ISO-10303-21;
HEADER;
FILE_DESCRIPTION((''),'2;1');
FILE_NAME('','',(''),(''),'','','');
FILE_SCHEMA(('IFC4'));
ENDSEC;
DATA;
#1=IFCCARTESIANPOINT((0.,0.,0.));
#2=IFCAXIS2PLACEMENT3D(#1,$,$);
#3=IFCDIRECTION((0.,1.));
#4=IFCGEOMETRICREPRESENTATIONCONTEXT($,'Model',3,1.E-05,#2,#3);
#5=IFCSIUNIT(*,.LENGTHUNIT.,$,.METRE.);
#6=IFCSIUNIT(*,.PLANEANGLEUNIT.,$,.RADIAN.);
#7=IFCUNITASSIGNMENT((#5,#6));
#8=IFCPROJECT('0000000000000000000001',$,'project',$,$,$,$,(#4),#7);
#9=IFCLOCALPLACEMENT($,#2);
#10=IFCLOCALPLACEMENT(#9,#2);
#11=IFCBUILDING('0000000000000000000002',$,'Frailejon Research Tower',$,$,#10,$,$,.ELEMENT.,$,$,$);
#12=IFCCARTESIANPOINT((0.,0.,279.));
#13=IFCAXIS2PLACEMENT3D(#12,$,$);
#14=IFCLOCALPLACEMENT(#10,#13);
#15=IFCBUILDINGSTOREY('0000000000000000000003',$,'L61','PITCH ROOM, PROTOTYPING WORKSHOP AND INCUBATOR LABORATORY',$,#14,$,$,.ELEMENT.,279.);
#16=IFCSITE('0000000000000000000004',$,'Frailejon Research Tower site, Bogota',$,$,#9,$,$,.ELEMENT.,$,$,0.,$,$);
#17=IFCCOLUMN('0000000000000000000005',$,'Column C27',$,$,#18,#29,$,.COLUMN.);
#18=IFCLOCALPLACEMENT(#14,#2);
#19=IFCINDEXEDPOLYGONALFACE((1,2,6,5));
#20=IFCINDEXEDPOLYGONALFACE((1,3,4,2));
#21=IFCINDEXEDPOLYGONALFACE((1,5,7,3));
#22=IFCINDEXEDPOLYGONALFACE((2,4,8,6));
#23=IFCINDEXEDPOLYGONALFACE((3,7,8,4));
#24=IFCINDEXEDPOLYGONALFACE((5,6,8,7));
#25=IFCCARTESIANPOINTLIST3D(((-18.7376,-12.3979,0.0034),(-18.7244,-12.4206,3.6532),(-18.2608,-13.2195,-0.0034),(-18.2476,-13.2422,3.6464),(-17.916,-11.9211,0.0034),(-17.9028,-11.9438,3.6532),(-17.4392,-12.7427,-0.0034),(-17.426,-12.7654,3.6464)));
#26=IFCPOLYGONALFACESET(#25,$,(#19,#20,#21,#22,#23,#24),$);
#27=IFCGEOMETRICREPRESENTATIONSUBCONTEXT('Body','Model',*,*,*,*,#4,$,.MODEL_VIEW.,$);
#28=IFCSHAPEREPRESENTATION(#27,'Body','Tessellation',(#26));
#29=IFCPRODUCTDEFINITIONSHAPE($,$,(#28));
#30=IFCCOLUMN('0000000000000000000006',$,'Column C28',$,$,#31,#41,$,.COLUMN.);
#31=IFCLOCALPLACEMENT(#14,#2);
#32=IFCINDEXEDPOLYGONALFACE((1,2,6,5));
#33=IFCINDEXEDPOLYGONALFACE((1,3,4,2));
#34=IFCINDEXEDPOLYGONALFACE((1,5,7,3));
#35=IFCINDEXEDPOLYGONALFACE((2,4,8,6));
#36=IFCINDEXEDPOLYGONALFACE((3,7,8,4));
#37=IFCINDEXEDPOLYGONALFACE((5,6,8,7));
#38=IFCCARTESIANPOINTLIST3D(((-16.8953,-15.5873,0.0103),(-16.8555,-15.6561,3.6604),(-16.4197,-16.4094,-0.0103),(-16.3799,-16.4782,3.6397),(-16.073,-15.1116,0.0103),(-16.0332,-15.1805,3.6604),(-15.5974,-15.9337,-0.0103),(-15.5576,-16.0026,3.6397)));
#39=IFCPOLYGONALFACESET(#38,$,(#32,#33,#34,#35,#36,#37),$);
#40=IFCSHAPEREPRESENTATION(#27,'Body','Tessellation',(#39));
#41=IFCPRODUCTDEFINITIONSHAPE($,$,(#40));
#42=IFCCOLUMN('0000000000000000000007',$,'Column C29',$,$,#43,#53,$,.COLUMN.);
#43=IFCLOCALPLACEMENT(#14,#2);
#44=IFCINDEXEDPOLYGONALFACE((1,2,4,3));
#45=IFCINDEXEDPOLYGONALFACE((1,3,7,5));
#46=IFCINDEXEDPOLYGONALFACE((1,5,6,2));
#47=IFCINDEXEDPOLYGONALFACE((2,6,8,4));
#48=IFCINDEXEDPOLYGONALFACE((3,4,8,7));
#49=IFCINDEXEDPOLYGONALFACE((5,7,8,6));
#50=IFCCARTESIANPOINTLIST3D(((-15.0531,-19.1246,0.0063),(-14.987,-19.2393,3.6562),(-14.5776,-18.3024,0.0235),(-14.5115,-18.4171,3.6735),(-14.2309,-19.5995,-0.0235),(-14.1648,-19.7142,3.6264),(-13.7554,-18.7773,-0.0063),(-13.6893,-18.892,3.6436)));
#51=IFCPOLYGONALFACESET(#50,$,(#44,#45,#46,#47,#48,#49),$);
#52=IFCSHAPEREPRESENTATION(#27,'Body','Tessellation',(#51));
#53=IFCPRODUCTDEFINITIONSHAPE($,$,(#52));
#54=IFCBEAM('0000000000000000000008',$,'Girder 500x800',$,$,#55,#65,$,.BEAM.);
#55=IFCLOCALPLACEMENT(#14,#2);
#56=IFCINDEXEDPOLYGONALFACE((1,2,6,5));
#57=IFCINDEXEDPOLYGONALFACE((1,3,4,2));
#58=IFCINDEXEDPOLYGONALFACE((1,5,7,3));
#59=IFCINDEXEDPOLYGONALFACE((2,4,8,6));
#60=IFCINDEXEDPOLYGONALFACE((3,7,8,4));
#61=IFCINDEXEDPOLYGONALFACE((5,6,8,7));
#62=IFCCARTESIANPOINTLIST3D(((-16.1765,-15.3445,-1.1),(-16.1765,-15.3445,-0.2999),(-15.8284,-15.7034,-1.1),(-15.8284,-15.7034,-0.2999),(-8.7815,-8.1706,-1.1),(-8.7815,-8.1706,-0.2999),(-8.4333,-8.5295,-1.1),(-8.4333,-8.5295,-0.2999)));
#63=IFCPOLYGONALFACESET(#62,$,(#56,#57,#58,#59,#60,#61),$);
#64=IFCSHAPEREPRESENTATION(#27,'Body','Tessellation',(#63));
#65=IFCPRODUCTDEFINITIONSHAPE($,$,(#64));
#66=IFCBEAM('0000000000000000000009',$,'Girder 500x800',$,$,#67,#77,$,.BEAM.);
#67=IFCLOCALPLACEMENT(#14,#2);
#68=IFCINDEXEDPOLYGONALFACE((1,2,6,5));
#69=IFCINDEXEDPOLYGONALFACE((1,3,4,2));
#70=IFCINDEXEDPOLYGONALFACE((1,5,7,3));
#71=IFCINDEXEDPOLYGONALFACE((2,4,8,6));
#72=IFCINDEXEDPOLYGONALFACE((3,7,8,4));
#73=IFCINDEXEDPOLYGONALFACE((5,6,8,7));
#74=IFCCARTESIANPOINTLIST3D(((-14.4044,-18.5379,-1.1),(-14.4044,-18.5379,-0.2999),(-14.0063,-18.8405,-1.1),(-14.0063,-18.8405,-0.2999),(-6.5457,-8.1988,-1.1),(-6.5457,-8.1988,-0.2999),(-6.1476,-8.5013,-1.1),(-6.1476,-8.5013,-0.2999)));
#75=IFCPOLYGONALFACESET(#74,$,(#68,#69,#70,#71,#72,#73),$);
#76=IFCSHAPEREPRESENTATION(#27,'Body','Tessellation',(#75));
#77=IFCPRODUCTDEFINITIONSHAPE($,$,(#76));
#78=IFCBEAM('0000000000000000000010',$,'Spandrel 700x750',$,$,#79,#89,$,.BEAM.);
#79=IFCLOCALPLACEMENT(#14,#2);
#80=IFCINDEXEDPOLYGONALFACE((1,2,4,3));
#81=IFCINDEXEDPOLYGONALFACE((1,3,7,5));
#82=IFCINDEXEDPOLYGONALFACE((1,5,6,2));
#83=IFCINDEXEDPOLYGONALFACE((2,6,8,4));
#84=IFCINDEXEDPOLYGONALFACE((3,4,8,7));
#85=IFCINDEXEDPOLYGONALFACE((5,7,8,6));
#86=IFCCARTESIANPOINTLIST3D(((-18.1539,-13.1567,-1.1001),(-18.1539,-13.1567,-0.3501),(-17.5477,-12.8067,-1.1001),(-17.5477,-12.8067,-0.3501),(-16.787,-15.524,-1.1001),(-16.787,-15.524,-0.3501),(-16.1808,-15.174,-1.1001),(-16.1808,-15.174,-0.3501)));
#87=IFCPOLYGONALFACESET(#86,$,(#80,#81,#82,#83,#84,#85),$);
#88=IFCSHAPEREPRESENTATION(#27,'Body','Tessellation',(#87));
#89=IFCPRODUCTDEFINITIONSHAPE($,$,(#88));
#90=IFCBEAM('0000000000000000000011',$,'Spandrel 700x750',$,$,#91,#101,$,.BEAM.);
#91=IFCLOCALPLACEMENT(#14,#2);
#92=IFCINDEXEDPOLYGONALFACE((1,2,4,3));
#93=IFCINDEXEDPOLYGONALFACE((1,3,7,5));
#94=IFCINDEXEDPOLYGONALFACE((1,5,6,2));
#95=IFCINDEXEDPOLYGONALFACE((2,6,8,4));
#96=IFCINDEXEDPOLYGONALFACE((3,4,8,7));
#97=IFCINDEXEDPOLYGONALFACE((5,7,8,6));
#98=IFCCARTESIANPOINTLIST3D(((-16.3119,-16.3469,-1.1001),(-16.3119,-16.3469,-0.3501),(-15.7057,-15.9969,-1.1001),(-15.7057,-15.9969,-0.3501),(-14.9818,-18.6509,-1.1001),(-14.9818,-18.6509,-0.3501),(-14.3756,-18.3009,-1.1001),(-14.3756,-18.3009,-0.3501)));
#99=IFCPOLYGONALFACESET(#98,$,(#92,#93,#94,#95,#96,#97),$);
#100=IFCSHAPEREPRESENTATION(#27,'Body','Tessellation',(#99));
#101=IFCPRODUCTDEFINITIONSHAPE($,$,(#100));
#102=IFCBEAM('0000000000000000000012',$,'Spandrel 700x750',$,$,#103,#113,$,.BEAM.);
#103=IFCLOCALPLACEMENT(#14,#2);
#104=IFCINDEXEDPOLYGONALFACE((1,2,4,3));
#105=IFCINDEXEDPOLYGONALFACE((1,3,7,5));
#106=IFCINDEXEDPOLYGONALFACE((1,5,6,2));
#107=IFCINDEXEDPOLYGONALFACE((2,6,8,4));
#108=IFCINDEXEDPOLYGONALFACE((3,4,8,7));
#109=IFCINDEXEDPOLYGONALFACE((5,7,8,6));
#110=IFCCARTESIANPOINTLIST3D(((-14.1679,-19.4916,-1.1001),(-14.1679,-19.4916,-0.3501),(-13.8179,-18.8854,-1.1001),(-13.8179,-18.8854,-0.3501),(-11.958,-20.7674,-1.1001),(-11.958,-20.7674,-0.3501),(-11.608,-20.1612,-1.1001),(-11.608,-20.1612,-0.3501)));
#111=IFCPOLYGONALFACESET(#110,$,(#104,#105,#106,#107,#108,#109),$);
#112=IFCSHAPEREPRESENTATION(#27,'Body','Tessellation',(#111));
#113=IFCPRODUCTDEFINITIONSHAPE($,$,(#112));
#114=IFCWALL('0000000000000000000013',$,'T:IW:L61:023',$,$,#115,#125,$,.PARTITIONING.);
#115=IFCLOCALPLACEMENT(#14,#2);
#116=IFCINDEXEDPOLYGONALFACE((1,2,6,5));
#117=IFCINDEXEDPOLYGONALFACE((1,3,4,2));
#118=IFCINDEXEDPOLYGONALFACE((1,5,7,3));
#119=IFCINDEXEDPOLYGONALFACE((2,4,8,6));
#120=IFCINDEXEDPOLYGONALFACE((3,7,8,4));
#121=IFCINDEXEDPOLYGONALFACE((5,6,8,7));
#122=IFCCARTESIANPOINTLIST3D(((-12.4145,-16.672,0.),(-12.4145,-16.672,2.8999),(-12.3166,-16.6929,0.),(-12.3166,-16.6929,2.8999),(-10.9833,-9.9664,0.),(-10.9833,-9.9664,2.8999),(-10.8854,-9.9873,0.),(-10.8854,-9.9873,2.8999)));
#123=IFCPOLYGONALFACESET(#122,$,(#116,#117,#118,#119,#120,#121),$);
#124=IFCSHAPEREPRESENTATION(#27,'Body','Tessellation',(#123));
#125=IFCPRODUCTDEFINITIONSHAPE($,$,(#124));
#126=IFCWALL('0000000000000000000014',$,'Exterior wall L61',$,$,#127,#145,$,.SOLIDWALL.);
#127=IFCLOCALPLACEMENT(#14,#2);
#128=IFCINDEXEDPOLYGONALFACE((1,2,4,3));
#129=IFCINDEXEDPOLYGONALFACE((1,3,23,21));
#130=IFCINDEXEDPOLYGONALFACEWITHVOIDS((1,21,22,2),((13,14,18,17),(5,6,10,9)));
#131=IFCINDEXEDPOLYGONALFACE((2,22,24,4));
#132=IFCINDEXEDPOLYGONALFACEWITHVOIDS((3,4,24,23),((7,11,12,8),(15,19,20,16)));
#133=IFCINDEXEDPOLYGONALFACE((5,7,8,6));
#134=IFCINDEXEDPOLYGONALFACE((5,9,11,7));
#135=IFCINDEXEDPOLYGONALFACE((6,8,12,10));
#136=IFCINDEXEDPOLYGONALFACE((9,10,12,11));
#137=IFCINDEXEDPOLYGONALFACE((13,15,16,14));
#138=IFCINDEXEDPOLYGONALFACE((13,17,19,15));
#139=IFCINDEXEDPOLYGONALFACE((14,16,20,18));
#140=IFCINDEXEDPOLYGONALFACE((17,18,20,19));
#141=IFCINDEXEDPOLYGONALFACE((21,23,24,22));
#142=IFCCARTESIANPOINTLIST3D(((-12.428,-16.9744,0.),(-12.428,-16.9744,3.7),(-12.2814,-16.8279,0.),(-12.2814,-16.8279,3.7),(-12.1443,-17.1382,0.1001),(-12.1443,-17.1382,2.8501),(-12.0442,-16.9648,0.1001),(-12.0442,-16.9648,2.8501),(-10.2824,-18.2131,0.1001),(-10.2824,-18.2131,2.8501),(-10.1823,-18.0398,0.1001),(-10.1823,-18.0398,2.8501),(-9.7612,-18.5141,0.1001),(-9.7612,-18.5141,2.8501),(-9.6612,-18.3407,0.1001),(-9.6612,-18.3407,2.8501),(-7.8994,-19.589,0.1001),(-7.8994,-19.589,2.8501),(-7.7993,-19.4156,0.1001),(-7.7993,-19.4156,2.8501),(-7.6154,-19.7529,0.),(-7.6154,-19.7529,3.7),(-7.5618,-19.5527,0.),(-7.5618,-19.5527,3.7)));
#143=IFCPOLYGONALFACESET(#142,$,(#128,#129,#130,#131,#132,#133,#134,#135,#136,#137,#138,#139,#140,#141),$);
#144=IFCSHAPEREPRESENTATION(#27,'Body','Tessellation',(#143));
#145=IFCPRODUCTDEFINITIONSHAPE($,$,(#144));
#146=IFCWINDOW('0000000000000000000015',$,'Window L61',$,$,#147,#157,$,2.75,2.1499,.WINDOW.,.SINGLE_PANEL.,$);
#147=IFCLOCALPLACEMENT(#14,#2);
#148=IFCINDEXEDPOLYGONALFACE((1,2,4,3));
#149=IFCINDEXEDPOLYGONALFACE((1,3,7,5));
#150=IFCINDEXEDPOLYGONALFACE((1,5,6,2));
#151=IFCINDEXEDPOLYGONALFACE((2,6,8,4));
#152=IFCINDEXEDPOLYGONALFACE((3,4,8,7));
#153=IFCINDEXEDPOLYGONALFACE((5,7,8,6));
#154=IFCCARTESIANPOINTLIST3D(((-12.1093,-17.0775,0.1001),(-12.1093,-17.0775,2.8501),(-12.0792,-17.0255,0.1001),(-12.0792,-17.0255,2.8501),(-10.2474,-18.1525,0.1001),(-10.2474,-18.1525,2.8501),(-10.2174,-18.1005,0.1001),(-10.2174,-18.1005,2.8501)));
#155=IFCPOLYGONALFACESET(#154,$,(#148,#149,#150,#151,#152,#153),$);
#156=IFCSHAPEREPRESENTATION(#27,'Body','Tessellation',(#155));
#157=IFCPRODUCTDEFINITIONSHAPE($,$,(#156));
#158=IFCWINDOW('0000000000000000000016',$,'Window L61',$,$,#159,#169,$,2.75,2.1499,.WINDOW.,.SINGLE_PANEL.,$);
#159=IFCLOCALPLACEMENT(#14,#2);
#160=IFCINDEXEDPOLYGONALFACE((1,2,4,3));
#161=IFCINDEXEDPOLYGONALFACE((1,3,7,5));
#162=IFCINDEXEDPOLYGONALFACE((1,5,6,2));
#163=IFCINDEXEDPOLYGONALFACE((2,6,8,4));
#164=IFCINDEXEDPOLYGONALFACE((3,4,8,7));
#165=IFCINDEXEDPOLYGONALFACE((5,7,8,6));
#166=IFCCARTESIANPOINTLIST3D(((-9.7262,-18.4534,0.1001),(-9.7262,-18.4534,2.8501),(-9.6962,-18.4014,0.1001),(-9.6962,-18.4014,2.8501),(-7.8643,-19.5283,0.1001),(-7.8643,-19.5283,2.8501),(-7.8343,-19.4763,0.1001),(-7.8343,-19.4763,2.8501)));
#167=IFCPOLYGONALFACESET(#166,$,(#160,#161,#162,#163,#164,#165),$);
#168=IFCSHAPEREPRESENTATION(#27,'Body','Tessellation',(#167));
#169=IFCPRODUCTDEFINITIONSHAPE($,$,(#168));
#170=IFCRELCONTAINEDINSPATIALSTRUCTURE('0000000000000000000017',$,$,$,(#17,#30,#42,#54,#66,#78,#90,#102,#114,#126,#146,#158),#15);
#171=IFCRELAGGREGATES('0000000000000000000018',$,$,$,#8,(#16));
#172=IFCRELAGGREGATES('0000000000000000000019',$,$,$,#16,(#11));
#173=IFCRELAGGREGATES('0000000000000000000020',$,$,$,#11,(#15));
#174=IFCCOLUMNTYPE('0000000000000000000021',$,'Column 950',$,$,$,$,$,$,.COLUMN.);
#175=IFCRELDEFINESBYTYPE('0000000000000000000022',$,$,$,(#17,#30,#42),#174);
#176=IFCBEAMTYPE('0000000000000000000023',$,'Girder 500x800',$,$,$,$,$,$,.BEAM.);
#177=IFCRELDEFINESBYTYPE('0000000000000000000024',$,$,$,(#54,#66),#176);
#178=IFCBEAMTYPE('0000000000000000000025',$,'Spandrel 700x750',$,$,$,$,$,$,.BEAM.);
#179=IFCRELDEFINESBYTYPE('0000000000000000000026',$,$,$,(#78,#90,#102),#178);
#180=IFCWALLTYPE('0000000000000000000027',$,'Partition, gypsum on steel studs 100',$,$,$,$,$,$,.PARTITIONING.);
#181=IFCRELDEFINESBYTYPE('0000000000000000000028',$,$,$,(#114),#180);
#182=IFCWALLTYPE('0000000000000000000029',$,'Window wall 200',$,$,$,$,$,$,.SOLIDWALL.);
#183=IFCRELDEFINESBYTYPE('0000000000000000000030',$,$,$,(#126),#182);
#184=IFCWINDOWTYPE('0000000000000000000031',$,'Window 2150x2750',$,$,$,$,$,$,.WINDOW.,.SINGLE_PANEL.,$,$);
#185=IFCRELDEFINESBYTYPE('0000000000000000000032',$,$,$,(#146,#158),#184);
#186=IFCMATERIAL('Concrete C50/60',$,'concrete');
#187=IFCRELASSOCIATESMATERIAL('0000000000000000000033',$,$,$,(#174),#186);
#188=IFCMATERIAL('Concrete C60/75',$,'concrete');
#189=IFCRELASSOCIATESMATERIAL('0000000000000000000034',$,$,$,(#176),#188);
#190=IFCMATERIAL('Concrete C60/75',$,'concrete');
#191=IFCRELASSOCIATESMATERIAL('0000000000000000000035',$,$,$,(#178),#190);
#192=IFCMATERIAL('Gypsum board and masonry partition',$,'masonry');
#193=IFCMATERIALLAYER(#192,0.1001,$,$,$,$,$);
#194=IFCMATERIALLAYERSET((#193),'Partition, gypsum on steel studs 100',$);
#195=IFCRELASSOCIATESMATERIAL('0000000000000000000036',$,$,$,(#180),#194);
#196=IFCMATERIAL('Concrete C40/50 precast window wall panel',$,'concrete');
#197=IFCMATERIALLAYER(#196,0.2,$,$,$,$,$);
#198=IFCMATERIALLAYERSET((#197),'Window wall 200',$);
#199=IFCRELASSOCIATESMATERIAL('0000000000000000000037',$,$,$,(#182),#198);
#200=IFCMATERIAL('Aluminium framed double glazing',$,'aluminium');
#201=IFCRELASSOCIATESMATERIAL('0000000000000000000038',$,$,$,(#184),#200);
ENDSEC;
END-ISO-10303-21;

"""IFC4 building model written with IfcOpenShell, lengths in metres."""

from ifc_helpers import new_model, si_unit, direction, frame, frame_2d, origin, origin_2d, place, context, subcontext, project, spatial, polyline, rectangle, outline, extrude, material, layer, layer_set, material_profile, profile_set, type_object, element, fill, save


model = new_model("IFC4")

# Units and contexts
model_context = context("Model", 3, precision=1e-05, world=origin(), true_north=direction((0.0, 1.0)))
body_context = subcontext(model_context, "Body", "Model", "MODEL_VIEW")
ifc_project = project(units=[si_unit("LENGTHUNIT", "METRE"), si_unit("PLANEANGLEUNIT", "RADIAN")], contexts=[model_context])

# Site, building, storey
site_placement = place(None, origin())
site = spatial("IfcSite", under=ifc_project, at=site_placement, Name="Frailejon Research Tower site, Bogota", CompositionType="ELEMENT", RefElevation=0.0)
building_placement = place(site_placement, origin())
building = spatial("IfcBuilding", under=site, at=building_placement, Name="Frailejon Research Tower", CompositionType="ELEMENT")
storey_placement = place(building_placement, frame((0.0, 0.0, 279.0)))
storey = spatial("IfcBuildingStorey", under=building, at=storey_placement, Name="L61", Description="PITCH ROOM, PROTOTYPING WORKSHOP AND INCUBATOR LABORATORY", CompositionType="ELEMENT", Elevation=279.0)

# Columns
ifc_material_1 = material(Name="Concrete C50/60", Category="concrete")
ifc_material_profile_1 = material_profile(ifc_material_1, rectangle(XDim=0.95, YDim=0.95, at=origin_2d()), Name="Column 950")
ifc_profile_set_1 = profile_set([ifc_material_profile_1], Name="Concrete C50/60")
column_type = type_object("IfcColumnType", Name="Column 950", PredefinedType="COLUMN", material=ifc_profile_set_1)
column_1_placement = place(storey_placement, frame((-18.0884, -12.5703, 0.0), z_axis=(0.003612, -0.006221, 0.999974), x_axis=(0.501902, -0.864894, -0.007193)))
element("IfcColumn", 1, at=column_1_placement, inside=storey, type_object=column_type, Name="Column C27", PredefinedType="COLUMN", context=body_context, shape_type="SweptSolid", body=[
    extrude(rectangle(XDim=0.95, YDim=0.95, at=origin_2d()), origin(), (0.0, 0.0, 1.0), 3.6499),
])
column_2_placement = place(storey_placement, frame((-16.2463, -15.7605, 0.0), z_axis=(0.0109, -0.018858, 0.999763), x_axis=(0.50059, -0.86541, -0.021782)))
element("IfcColumn", 2, at=column_2_placement, inside=storey, type_object=column_type, Name="Column C28", PredefinedType="COLUMN", context=body_context, shape_type="SweptSolid", body=[
    extrude(rectangle(XDim=0.95, YDim=0.95, at=origin_2d()), origin(), (0.0, 0.0, 1.0), 3.6509),
])
column_3_placement = place(storey_placement, frame((-14.4043, -18.9509, 0.0), z_axis=(0.018115, -0.031417, 0.999342), x_axis=(0.86552, -0.499889, -0.031405)))
element("IfcColumn", 3, at=column_3_placement, inside=storey, type_object=column_type, Name="Column C29", PredefinedType="COLUMN", context=body_context, shape_type="SweptSolid", body=[
    extrude(rectangle(XDim=0.95, YDim=0.95, at=origin_2d()), origin(), (0.0, 0.0, 1.0), 3.6523),
])

# Beams
ifc_material_2 = material(Name="Concrete C60/75", Category="concrete")
ifc_material_profile_2 = material_profile(ifc_material_2, rectangle(XDim=0.5, YDim=0.8, at=origin_2d()), Name="Girder 500x800")
ifc_profile_set_2 = profile_set([ifc_material_profile_2], Name="Concrete C60/75")
beam_type_1 = type_object("IfcBeamType", Name="Girder 500x800", PredefinedType="BEAM", material=ifc_profile_set_2)
beam_1_placement = place(storey_placement, frame((-16.0024, -15.5239, -0.7), z_axis=(0.71776, 0.696291, 0.0), x_axis=(-0.696291, 0.71776, 0.0)))
element("IfcBeam", 4, at=beam_1_placement, inside=storey, type_object=beam_type_1, Name="Girder 500x800", PredefinedType="BEAM", context=body_context, shape_type="SweptSolid", body=[
    extrude(rectangle(XDim=0.5, YDim=0.8, at=origin_2d()), origin(), (0.0, 0.0, 1.0), 10.303),
])
beam_2_placement = place(storey_placement, frame((-14.2053, -18.6892, -0.7), z_axis=(0.605128, 0.796128, 0.0), x_axis=(-0.796128, 0.605128, 0.0)))
element("IfcBeam", 5, at=beam_2_placement, inside=storey, type_object=beam_type_1, Name="Girder 500x800", PredefinedType="BEAM", context=body_context, shape_type="SweptSolid", body=[
    extrude(rectangle(XDim=0.5, YDim=0.8, at=origin_2d()), origin(), (0.0, 0.0, 1.0), 12.9868),
])
ifc_material_3 = material(Name="Concrete C60/75", Category="concrete")
ifc_material_profile_3 = material_profile(ifc_material_3, rectangle(XDim=0.7, YDim=0.75, at=origin_2d()), Name="Spandrel 700x750")
ifc_profile_set_3 = profile_set([ifc_material_profile_3], Name="Concrete C60/75")
beam_type_2 = type_object("IfcBeamType", Name="Spandrel 700x750", PredefinedType="BEAM", material=ifc_profile_set_3)
beam_3_placement = place(storey_placement, frame((-17.8508, -12.9817, -0.7251), z_axis=(0.500029, -0.866009, 0.0), x_axis=(0.866009, 0.500029, 0.0)))
element("IfcBeam", 6, at=beam_3_placement, inside=storey, type_object=beam_type_2, Name="Spandrel 700x750", PredefinedType="BEAM", context=body_context, shape_type="SweptSolid", body=[
    extrude(rectangle(XDim=0.7, YDim=0.75, at=origin_2d()), origin(), (0.0, 0.0, 1.0), 2.7336),
])
beam_4_placement = place(storey_placement, frame((-16.0088, -16.1719, -0.7251), z_axis=(0.499969, -0.866043, 0.0), x_axis=(0.866043, 0.499969, 0.0)))
element("IfcBeam", 7, at=beam_4_placement, inside=storey, type_object=beam_type_2, Name="Spandrel 700x750", PredefinedType="BEAM", context=body_context, shape_type="SweptSolid", body=[
    extrude(rectangle(XDim=0.7, YDim=0.75, at=origin_2d()), origin(), (0.0, 0.0, 1.0), 2.6604),
])
beam_5_placement = place(storey_placement, frame((-13.9929, -19.1885, -0.7251), z_axis=(0.866033, -0.499987, 0.0), x_axis=(0.499987, 0.866033, 0.0)))
element("IfcBeam", 8, at=beam_5_placement, inside=storey, type_object=beam_type_2, Name="Spandrel 700x750", PredefinedType="BEAM", context=body_context, shape_type="SweptSolid", body=[
    extrude(rectangle(XDim=0.7, YDim=0.75, at=origin_2d()), origin(), (0.0, 0.0, 1.0), 2.5518),
])

# Wall
ifc_material_4 = material(Name="Gypsum board and masonry partition", Category="masonry")
ifc_layer_1 = layer(ifc_material_4, 0.1001)
ifc_layer_set_1 = layer_set([ifc_layer_1], Name="Partition, gypsum on steel studs 100")
wall_type_1 = type_object("IfcWallType", Name="Partition, gypsum on steel studs 100", PredefinedType="PARTITIONING", material=ifc_layer_set_1)
wall_1_placement = place(storey_placement, frame((-12.3655, -16.6824, 0.0), z_axis=(0.0, 0.0, 1.0), x_axis=(0.208727, 0.977974, 0.0)))
element("IfcWall", 9, at=wall_1_placement, inside=storey, type_object=wall_type_1, Name="T:IW:L61:023", PredefinedType="PARTITIONING", context=body_context, shape_type="SweptSolid", body=[
    extrude(rectangle(XDim=6.8567, YDim=0.1001, at=frame_2d((3.4282, 0.0))), origin(), (0.0, 0.0, 1.0), 2.8999),
])

# Wall, openings, windows
ifc_material_5 = material(Name="Concrete C40/50 precast window wall panel", Category="concrete")
ifc_layer_2 = layer(ifc_material_5, 0.2)
ifc_layer_set_2 = layer_set([ifc_layer_2], Name="Window wall 200")
wall_type_2 = type_object("IfcWallType", Name="Window wall 200", PredefinedType="SOLIDWALL", material=ifc_layer_set_2)
wall_2_placement = place(storey_placement, frame((-12.3547, -16.9011, 0.0), z_axis=(0.0, 0.0, 1.0), x_axis=(0.866026, -0.499999, 0.0)))
wall_2 = element("IfcWall", 10, at=wall_2_placement, inside=storey, type_object=wall_type_2, Name="Exterior wall L61", PredefinedType="SOLIDWALL", context=body_context, shape_type="SweptSolid", body=[
    extrude(outline(polyline([(-0.0269, -0.1001), (1.0845, -0.1001), (2.196, -0.1001), (3.3074, -0.1001), (4.4189, -0.1001), (5.5303, -0.1001), (5.4766, 0.1001), (4.3867, 0.1001), (3.2966, 0.1001), (2.2068, 0.1001), (1.1167, 0.1001), (0.0269, 0.1001), (-0.0269, -0.1001)])), origin(), (0.0, 0.0, 1.0), 3.7),
])
opening_1_placement = place(wall_2_placement, frame((0.3008, 0.0, 0.1001)))
opening_1 = element("IfcOpeningElement", 11, at=opening_1_placement, cuts=wall_2, PredefinedType="OPENING", context=body_context, shape_type="SweptSolid", body=[
    extrude(rectangle(XDim=2.1499, YDim=2.75, at=frame_2d((1.075, 1.375))), frame((0.0, 0.1099, 0.0), z_axis=(0.0, -1.0, 0.0), x_axis=(1.0, 0.0, 0.0)), (0.0, 0.0, 1.0), 0.22),
])
opening_2_placement = place(wall_2_placement, frame((3.0525, 0.0, 0.1001)))
opening_2 = element("IfcOpeningElement", 12, at=opening_2_placement, cuts=wall_2, PredefinedType="OPENING", context=body_context, shape_type="SweptSolid", body=[
    extrude(rectangle(XDim=2.1499, YDim=2.75, at=frame_2d((1.075, 1.375))), frame((0.0, 0.1099, 0.0), z_axis=(0.0, -1.0, 0.0), x_axis=(1.0, 0.0, 0.0)), (0.0, 0.0, 1.0), 0.22),
])
ifc_material_6 = material(Name="Aluminium framed double glazing", Category="aluminium")
window_type = type_object("IfcWindowType", Name="Window 2150x2750", PartitioningType="SINGLE_PANEL", PredefinedType="WINDOW", material=ifc_material_6)
window_1_placement = place(opening_1_placement, origin())
window_1 = element("IfcWindow", 13, at=window_1_placement, inside=storey, type_object=window_type, Name="Window L61", OverallHeight=2.75, OverallWidth=2.1499, PartitioningType="SINGLE_PANEL", PredefinedType="WINDOW", context=body_context, shape_type="SweptSolid", body=[
    extrude(rectangle(XDim=2.1499, YDim=2.75, at=frame_2d((1.075, 1.375))), frame((0.0, 0.03, 0.0), z_axis=(0.0, -1.0, 0.0), x_axis=(1.0, 0.0, 0.0)), (0.0, 0.0, 1.0), 0.0601),
])
fill(opening_1, window_1)
window_2_placement = place(opening_2_placement, origin())
window_2 = element("IfcWindow", 14, at=window_2_placement, inside=storey, type_object=window_type, Name="Window L61", OverallHeight=2.75, OverallWidth=2.1499, PartitioningType="SINGLE_PANEL", PredefinedType="WINDOW", context=body_context, shape_type="SweptSolid", body=[
    extrude(rectangle(XDim=2.1499, YDim=2.75, at=frame_2d((1.075, 1.375))), frame((0.0, 0.03, 0.0), z_axis=(0.0, -1.0, 0.0), x_axis=(1.0, 0.0, 0.0)), (0.0, 0.0, 1.0), 0.0601),
])
fill(opening_2, window_2)

save(model, "model.ifc")
